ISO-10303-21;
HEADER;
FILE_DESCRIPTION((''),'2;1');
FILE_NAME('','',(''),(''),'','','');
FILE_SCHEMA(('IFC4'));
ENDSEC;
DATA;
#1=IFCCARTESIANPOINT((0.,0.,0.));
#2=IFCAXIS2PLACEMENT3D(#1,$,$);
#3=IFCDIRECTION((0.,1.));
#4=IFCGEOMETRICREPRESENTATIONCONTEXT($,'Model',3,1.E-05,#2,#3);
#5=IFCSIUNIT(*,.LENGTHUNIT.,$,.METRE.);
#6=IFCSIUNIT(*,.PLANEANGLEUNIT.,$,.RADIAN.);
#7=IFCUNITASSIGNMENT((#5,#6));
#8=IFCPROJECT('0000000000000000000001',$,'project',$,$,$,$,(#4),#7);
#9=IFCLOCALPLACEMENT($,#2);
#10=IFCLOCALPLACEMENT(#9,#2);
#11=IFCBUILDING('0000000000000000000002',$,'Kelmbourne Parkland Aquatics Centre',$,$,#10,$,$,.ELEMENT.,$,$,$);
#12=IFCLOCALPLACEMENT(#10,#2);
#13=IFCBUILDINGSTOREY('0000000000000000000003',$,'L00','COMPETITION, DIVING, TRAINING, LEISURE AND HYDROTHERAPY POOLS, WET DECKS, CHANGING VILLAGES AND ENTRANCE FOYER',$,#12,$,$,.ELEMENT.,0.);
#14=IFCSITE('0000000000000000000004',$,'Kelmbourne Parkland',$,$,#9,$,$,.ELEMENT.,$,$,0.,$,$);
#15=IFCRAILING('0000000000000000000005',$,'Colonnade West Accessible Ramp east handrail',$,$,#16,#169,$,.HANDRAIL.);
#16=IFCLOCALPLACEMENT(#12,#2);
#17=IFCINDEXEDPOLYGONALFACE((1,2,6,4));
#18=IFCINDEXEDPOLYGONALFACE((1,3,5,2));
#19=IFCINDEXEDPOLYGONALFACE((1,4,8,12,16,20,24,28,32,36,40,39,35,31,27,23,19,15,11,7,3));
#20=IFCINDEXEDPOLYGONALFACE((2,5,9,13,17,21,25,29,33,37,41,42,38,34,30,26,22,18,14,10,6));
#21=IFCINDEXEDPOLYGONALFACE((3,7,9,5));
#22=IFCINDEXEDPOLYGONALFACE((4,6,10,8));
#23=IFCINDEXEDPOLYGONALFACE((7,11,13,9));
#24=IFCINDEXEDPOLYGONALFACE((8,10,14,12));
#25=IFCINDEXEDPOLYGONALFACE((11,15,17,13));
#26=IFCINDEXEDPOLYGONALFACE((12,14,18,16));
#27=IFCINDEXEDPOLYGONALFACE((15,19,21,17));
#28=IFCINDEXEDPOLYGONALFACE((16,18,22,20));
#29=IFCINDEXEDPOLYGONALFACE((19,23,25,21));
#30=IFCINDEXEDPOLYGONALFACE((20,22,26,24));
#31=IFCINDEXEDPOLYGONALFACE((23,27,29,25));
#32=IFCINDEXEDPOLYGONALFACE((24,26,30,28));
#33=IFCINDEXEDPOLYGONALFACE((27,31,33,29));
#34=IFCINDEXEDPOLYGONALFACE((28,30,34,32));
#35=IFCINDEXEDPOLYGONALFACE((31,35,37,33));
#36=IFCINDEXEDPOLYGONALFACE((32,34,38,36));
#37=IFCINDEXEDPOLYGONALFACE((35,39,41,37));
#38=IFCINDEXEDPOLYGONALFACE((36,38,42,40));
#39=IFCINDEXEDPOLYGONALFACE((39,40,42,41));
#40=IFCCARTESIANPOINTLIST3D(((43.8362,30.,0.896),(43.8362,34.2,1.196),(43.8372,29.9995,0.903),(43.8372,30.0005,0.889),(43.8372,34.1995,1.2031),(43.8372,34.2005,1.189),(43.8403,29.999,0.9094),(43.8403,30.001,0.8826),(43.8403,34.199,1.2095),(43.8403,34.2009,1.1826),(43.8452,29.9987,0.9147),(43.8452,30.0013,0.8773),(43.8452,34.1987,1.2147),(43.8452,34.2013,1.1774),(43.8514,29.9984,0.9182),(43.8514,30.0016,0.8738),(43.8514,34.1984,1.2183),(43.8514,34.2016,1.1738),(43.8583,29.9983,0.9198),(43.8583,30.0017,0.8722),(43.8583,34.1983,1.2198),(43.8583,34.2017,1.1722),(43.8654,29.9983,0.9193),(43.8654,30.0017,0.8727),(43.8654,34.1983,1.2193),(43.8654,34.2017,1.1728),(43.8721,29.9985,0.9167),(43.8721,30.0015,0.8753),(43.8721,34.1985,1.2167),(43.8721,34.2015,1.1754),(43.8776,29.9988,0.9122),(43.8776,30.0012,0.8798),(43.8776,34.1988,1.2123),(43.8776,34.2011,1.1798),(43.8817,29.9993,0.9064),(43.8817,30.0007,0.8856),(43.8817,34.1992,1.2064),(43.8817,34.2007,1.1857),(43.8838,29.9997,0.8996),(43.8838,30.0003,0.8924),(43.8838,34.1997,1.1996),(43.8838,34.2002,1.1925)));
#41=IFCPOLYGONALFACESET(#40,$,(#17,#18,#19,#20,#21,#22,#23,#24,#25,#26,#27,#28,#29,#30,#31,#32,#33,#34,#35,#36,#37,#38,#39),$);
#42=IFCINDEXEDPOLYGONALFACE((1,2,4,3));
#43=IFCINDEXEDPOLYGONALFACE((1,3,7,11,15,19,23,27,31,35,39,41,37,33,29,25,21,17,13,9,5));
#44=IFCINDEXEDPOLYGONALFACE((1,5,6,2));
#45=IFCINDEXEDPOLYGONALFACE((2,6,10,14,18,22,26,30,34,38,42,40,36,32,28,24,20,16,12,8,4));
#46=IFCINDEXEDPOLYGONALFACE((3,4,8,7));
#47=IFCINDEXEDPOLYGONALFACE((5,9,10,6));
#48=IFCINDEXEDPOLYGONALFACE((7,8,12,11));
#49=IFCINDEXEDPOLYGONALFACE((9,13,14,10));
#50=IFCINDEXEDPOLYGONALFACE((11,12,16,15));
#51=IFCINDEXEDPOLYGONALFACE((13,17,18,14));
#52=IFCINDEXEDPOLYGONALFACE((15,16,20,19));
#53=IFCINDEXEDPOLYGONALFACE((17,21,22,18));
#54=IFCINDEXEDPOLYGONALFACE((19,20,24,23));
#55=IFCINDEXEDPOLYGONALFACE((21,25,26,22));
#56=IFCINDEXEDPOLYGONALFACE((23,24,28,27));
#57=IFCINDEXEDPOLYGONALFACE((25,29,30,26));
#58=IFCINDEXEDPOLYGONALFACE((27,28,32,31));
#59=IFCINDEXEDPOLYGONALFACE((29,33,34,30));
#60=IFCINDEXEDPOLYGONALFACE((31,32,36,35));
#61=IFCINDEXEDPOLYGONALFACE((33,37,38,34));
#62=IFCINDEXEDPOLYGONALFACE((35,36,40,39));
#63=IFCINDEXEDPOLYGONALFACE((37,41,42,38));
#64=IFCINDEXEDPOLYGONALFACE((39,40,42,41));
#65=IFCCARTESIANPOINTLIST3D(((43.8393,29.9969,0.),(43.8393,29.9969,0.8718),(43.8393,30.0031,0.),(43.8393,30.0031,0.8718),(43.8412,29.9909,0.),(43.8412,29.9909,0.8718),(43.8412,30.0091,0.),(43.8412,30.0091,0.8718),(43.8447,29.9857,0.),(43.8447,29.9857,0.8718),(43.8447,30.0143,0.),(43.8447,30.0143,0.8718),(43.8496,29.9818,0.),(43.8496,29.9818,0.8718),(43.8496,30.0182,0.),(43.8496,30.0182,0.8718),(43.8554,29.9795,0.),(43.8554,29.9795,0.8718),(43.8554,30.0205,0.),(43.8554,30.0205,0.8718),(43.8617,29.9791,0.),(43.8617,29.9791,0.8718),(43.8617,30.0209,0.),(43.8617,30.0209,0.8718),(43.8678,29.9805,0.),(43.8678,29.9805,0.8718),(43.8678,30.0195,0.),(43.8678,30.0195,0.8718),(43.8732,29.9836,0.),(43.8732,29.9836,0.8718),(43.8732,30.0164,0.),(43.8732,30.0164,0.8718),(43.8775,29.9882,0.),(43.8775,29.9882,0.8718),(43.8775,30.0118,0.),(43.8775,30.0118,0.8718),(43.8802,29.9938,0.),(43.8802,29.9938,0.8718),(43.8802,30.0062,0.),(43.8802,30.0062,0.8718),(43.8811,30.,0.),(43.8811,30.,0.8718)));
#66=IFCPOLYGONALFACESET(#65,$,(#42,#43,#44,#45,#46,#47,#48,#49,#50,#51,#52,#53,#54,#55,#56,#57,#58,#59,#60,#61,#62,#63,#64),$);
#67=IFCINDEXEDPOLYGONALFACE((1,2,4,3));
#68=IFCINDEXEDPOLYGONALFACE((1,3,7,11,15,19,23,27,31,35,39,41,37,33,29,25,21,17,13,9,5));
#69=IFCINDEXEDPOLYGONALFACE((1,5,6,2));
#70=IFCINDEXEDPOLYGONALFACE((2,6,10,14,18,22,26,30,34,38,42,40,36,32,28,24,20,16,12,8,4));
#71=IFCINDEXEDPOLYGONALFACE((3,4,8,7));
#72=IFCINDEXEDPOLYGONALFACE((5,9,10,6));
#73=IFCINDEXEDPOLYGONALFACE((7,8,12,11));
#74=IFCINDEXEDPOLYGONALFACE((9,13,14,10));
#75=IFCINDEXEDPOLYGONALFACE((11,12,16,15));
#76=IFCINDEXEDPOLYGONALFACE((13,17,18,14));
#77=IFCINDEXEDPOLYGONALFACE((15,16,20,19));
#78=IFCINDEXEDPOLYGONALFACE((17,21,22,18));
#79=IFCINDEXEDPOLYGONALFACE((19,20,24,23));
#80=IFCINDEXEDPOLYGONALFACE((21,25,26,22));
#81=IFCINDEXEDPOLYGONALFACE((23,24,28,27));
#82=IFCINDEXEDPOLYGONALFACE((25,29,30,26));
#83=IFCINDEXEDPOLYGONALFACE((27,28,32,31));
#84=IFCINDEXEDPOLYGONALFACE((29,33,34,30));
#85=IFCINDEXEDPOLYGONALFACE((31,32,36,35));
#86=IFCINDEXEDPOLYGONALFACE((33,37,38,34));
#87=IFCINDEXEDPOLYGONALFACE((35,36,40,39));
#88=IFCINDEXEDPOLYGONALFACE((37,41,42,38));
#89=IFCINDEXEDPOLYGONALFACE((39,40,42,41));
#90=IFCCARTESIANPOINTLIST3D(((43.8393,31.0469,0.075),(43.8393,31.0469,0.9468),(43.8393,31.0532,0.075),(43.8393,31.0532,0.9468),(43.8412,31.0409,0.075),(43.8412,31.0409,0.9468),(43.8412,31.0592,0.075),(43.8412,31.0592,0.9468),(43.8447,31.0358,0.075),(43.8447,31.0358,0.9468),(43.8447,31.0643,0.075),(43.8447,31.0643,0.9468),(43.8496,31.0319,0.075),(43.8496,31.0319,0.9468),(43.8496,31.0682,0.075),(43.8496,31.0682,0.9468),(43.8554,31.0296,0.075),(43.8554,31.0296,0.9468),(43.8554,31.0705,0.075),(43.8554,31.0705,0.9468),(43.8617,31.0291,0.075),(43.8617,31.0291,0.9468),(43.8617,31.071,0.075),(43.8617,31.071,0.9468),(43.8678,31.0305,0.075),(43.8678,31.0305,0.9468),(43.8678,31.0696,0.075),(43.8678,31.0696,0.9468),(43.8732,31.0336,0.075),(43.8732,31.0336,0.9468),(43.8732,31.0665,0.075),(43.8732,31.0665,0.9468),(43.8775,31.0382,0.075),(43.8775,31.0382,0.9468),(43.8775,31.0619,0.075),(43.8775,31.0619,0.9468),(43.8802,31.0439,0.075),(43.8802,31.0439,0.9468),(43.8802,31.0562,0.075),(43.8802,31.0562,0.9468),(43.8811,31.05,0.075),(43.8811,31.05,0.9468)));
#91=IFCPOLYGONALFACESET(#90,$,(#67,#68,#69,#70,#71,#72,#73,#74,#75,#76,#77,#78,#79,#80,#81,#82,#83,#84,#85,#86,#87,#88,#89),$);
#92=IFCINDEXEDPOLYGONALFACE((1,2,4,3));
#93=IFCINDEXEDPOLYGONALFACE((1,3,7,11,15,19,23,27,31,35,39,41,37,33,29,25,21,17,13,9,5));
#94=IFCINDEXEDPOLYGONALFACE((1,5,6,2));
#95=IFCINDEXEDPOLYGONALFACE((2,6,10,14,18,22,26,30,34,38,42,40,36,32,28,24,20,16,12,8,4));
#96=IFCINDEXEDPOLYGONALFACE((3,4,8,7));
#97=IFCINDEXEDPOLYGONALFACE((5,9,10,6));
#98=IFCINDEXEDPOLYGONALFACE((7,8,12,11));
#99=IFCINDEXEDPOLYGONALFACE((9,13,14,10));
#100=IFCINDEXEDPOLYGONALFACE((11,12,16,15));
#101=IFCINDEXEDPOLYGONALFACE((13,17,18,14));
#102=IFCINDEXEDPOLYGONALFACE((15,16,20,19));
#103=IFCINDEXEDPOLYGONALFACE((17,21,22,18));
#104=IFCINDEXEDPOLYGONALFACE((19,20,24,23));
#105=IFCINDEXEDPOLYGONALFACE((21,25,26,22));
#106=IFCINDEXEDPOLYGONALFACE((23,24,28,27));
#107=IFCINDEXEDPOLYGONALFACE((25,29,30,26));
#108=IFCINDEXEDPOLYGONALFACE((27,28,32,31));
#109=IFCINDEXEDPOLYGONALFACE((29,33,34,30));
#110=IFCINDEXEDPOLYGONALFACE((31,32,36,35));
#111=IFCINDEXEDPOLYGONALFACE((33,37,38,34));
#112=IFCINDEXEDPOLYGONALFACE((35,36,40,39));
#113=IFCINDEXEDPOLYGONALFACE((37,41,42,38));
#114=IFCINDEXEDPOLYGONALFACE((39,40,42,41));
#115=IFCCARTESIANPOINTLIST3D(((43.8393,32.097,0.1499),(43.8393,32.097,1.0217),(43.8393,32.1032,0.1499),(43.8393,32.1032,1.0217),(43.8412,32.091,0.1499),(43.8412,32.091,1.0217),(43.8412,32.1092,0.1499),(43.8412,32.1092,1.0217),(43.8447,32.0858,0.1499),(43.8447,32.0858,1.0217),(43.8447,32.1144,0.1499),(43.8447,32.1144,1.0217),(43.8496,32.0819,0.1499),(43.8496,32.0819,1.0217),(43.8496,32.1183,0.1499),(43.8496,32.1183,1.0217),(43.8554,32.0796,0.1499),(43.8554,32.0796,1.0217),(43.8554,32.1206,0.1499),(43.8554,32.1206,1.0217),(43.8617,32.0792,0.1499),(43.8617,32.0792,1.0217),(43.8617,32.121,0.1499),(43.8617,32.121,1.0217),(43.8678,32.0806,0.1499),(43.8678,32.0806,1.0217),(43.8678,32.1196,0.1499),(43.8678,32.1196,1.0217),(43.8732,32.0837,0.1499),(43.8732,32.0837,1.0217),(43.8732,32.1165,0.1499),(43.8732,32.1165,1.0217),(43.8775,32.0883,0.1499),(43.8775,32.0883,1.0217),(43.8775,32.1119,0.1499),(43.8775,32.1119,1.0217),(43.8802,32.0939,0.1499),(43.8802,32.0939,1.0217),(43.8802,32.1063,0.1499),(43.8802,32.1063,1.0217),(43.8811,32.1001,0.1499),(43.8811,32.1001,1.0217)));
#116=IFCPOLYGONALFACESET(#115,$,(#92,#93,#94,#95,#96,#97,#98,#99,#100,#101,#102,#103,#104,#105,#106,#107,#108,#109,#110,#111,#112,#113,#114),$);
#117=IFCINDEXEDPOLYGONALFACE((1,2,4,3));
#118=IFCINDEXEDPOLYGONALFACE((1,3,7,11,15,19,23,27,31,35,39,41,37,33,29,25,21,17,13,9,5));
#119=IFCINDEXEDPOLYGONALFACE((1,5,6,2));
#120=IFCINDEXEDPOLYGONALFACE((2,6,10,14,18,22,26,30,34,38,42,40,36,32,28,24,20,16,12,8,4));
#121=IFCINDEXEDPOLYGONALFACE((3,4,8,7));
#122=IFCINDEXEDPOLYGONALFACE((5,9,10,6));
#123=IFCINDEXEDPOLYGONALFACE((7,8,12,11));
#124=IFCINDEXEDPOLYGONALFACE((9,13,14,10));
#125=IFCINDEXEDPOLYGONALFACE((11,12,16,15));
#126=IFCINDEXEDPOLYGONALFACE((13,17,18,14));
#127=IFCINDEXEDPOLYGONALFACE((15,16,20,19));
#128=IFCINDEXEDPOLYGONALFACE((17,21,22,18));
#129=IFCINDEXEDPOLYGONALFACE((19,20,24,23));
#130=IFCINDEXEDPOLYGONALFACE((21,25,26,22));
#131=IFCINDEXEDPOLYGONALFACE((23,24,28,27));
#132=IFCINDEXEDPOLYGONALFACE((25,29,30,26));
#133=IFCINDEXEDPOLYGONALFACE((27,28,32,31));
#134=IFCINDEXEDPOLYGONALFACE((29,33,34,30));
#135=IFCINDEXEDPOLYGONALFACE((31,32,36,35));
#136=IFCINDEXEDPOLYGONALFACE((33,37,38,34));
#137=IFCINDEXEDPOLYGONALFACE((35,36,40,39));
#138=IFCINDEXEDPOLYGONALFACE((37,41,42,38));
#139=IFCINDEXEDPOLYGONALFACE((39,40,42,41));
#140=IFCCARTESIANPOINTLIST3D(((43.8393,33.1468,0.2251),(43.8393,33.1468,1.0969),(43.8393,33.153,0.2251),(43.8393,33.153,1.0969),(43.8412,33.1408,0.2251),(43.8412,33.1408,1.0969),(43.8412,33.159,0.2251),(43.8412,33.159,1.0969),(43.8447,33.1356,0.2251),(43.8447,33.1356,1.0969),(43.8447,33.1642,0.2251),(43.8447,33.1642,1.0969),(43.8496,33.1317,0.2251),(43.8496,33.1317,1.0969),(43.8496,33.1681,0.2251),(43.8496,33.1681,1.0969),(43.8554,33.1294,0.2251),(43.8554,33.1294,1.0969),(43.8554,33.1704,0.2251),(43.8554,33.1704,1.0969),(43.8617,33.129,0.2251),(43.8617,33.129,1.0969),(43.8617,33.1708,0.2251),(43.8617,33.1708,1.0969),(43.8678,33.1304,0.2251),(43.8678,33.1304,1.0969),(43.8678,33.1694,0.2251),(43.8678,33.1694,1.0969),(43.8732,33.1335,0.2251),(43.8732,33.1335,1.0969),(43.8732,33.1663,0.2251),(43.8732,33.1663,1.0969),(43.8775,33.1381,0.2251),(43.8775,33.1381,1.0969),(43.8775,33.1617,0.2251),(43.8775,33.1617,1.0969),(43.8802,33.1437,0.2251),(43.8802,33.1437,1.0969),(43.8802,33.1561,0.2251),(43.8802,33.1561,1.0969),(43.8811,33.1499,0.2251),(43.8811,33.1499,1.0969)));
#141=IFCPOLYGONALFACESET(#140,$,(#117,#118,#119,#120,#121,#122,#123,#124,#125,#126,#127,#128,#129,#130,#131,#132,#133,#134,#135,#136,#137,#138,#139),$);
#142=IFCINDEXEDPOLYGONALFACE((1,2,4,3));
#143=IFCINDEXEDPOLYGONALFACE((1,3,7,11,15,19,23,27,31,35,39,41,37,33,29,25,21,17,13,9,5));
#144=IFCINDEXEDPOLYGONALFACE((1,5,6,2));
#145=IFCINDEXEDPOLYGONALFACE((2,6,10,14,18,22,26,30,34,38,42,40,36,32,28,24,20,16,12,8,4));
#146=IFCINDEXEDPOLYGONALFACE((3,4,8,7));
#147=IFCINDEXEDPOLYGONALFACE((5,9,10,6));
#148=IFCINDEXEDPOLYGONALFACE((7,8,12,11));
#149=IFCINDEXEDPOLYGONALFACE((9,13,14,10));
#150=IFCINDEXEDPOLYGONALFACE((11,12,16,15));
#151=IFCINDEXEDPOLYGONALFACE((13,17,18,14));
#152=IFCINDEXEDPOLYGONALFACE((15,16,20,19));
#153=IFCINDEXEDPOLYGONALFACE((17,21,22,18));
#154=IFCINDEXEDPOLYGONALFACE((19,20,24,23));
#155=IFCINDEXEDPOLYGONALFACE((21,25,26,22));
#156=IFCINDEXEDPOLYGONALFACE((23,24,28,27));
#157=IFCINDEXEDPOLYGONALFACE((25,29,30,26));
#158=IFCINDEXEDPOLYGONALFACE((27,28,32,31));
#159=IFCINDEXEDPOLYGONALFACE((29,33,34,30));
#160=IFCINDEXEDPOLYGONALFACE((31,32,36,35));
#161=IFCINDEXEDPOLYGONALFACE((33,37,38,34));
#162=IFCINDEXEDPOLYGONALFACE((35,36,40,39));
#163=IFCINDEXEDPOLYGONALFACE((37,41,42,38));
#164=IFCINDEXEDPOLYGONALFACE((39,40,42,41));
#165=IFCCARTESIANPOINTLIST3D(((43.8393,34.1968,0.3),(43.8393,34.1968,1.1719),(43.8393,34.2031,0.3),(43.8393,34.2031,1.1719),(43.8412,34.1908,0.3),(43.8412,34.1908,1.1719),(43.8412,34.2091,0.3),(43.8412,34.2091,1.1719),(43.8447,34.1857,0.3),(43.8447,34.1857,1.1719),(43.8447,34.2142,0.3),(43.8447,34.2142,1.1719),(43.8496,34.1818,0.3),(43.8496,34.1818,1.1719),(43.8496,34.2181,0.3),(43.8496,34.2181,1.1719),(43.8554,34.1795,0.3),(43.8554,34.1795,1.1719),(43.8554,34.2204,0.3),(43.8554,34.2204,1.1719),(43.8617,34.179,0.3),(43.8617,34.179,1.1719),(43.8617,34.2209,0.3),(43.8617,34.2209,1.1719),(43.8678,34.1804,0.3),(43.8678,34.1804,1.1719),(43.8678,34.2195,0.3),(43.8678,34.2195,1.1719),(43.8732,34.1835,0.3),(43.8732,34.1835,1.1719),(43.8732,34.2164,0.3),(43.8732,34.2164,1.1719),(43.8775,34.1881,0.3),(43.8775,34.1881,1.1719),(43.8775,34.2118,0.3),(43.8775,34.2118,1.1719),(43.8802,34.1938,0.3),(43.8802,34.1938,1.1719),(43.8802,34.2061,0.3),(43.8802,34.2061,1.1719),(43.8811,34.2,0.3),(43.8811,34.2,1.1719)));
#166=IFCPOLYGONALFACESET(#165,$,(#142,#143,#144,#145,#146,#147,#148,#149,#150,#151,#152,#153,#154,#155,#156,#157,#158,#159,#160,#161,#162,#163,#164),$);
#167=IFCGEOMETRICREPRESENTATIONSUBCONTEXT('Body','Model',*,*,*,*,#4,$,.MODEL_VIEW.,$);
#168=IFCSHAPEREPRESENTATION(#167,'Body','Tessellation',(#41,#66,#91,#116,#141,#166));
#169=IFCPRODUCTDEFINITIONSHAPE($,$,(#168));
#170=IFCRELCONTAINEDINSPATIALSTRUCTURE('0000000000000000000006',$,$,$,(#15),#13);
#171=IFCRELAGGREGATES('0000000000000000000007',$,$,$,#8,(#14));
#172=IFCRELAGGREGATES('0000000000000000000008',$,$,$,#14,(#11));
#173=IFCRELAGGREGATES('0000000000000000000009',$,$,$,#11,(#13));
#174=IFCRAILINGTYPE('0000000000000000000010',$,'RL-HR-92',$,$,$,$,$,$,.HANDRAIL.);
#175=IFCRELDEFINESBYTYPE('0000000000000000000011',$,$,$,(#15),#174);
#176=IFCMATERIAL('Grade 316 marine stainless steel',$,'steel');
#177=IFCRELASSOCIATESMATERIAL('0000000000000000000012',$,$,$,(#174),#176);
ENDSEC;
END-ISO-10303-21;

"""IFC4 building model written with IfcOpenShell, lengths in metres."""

from ifc_helpers import new_model, si_unit, direction, frame, origin, origin_2d, place, context, subcontext, project, spatial, circle, extrude, material, type_object, element, save


model = new_model("IFC4")

# Units and contexts
model_context = context("Model", 3, precision=1e-05, world=origin(), true_north=direction((0.0, 1.0)))
body_context = subcontext(model_context, "Body", "Model", "MODEL_VIEW")
ifc_project = project(units=[si_unit("LENGTHUNIT", "METRE"), si_unit("PLANEANGLEUNIT", "RADIAN")], contexts=[model_context])

# Site, building, storey
site_placement = place(None, origin())
site = spatial("IfcSite", under=ifc_project, at=site_placement, Name="Kelmbourne Parkland", CompositionType="ELEMENT", RefElevation=0.0)
building_placement = place(site_placement, origin())
building = spatial("IfcBuilding", under=site, at=building_placement, Name="Kelmbourne Parkland Aquatics Centre", CompositionType="ELEMENT")
storey_placement = place(building_placement, origin())
storey = spatial("IfcBuildingStorey", under=building, at=storey_placement, Name="L00", Description="COMPETITION, DIVING, TRAINING, LEISURE AND HYDROTHERAPY POOLS, WET DECKS, CHANGING VILLAGES AND ENTRANCE FOYER", CompositionType="ELEMENT", Elevation=0.0)

# Railing
ifc_material_1 = material(Name="Grade 316 marine stainless steel", Category="steel")
railing_type = type_object("IfcRailingType", Name="RL-HR-92", PredefinedType="HANDRAIL", material=ifc_material_1)
for number, where, name in (
    (1, (43.8601, 30.0, 0.0), "Colonnade West Accessible Ramp east handrail"),
):
    element("IfcRailing", number, at=place(storey_placement, frame(where)), inside=storey, type_object=railing_type, Name=name, PredefinedType="HANDRAIL", context=body_context, shape_type="SweptSolid", body=[
        extrude(circle(Radius=0.0239, at=origin_2d()), frame((0.0, 0.0, 0.896), z_axis=(0.0, 0.997458, 0.071259), x_axis=(-1.0, 0.0, 0.0)), (0.0, 0.0, 1.0), 4.2107),
        extrude(circle(Radius=0.021, at=origin_2d()), origin(), (0.0, 0.0, 1.0), 0.8718),
        extrude(circle(Radius=0.021, at=origin_2d()), frame((0.0, 1.05, 0.075)), (0.0, 0.0, 1.0), 0.8718),
        extrude(circle(Radius=0.021, at=origin_2d()), frame((0.0, 2.1001, 0.1499)), (0.0, 0.0, 1.0), 0.8718),
        extrude(circle(Radius=0.021, at=origin_2d()), frame((0.0, 3.1499, 0.2251)), (0.0, 0.0, 1.0), 0.8718),
        extrude(circle(Radius=0.021, at=origin_2d()), frame((0.0, 4.2, 0.3)), (0.0, 0.0, 1.0), 0.8718),
    ])

save(model, "model.ifc")
